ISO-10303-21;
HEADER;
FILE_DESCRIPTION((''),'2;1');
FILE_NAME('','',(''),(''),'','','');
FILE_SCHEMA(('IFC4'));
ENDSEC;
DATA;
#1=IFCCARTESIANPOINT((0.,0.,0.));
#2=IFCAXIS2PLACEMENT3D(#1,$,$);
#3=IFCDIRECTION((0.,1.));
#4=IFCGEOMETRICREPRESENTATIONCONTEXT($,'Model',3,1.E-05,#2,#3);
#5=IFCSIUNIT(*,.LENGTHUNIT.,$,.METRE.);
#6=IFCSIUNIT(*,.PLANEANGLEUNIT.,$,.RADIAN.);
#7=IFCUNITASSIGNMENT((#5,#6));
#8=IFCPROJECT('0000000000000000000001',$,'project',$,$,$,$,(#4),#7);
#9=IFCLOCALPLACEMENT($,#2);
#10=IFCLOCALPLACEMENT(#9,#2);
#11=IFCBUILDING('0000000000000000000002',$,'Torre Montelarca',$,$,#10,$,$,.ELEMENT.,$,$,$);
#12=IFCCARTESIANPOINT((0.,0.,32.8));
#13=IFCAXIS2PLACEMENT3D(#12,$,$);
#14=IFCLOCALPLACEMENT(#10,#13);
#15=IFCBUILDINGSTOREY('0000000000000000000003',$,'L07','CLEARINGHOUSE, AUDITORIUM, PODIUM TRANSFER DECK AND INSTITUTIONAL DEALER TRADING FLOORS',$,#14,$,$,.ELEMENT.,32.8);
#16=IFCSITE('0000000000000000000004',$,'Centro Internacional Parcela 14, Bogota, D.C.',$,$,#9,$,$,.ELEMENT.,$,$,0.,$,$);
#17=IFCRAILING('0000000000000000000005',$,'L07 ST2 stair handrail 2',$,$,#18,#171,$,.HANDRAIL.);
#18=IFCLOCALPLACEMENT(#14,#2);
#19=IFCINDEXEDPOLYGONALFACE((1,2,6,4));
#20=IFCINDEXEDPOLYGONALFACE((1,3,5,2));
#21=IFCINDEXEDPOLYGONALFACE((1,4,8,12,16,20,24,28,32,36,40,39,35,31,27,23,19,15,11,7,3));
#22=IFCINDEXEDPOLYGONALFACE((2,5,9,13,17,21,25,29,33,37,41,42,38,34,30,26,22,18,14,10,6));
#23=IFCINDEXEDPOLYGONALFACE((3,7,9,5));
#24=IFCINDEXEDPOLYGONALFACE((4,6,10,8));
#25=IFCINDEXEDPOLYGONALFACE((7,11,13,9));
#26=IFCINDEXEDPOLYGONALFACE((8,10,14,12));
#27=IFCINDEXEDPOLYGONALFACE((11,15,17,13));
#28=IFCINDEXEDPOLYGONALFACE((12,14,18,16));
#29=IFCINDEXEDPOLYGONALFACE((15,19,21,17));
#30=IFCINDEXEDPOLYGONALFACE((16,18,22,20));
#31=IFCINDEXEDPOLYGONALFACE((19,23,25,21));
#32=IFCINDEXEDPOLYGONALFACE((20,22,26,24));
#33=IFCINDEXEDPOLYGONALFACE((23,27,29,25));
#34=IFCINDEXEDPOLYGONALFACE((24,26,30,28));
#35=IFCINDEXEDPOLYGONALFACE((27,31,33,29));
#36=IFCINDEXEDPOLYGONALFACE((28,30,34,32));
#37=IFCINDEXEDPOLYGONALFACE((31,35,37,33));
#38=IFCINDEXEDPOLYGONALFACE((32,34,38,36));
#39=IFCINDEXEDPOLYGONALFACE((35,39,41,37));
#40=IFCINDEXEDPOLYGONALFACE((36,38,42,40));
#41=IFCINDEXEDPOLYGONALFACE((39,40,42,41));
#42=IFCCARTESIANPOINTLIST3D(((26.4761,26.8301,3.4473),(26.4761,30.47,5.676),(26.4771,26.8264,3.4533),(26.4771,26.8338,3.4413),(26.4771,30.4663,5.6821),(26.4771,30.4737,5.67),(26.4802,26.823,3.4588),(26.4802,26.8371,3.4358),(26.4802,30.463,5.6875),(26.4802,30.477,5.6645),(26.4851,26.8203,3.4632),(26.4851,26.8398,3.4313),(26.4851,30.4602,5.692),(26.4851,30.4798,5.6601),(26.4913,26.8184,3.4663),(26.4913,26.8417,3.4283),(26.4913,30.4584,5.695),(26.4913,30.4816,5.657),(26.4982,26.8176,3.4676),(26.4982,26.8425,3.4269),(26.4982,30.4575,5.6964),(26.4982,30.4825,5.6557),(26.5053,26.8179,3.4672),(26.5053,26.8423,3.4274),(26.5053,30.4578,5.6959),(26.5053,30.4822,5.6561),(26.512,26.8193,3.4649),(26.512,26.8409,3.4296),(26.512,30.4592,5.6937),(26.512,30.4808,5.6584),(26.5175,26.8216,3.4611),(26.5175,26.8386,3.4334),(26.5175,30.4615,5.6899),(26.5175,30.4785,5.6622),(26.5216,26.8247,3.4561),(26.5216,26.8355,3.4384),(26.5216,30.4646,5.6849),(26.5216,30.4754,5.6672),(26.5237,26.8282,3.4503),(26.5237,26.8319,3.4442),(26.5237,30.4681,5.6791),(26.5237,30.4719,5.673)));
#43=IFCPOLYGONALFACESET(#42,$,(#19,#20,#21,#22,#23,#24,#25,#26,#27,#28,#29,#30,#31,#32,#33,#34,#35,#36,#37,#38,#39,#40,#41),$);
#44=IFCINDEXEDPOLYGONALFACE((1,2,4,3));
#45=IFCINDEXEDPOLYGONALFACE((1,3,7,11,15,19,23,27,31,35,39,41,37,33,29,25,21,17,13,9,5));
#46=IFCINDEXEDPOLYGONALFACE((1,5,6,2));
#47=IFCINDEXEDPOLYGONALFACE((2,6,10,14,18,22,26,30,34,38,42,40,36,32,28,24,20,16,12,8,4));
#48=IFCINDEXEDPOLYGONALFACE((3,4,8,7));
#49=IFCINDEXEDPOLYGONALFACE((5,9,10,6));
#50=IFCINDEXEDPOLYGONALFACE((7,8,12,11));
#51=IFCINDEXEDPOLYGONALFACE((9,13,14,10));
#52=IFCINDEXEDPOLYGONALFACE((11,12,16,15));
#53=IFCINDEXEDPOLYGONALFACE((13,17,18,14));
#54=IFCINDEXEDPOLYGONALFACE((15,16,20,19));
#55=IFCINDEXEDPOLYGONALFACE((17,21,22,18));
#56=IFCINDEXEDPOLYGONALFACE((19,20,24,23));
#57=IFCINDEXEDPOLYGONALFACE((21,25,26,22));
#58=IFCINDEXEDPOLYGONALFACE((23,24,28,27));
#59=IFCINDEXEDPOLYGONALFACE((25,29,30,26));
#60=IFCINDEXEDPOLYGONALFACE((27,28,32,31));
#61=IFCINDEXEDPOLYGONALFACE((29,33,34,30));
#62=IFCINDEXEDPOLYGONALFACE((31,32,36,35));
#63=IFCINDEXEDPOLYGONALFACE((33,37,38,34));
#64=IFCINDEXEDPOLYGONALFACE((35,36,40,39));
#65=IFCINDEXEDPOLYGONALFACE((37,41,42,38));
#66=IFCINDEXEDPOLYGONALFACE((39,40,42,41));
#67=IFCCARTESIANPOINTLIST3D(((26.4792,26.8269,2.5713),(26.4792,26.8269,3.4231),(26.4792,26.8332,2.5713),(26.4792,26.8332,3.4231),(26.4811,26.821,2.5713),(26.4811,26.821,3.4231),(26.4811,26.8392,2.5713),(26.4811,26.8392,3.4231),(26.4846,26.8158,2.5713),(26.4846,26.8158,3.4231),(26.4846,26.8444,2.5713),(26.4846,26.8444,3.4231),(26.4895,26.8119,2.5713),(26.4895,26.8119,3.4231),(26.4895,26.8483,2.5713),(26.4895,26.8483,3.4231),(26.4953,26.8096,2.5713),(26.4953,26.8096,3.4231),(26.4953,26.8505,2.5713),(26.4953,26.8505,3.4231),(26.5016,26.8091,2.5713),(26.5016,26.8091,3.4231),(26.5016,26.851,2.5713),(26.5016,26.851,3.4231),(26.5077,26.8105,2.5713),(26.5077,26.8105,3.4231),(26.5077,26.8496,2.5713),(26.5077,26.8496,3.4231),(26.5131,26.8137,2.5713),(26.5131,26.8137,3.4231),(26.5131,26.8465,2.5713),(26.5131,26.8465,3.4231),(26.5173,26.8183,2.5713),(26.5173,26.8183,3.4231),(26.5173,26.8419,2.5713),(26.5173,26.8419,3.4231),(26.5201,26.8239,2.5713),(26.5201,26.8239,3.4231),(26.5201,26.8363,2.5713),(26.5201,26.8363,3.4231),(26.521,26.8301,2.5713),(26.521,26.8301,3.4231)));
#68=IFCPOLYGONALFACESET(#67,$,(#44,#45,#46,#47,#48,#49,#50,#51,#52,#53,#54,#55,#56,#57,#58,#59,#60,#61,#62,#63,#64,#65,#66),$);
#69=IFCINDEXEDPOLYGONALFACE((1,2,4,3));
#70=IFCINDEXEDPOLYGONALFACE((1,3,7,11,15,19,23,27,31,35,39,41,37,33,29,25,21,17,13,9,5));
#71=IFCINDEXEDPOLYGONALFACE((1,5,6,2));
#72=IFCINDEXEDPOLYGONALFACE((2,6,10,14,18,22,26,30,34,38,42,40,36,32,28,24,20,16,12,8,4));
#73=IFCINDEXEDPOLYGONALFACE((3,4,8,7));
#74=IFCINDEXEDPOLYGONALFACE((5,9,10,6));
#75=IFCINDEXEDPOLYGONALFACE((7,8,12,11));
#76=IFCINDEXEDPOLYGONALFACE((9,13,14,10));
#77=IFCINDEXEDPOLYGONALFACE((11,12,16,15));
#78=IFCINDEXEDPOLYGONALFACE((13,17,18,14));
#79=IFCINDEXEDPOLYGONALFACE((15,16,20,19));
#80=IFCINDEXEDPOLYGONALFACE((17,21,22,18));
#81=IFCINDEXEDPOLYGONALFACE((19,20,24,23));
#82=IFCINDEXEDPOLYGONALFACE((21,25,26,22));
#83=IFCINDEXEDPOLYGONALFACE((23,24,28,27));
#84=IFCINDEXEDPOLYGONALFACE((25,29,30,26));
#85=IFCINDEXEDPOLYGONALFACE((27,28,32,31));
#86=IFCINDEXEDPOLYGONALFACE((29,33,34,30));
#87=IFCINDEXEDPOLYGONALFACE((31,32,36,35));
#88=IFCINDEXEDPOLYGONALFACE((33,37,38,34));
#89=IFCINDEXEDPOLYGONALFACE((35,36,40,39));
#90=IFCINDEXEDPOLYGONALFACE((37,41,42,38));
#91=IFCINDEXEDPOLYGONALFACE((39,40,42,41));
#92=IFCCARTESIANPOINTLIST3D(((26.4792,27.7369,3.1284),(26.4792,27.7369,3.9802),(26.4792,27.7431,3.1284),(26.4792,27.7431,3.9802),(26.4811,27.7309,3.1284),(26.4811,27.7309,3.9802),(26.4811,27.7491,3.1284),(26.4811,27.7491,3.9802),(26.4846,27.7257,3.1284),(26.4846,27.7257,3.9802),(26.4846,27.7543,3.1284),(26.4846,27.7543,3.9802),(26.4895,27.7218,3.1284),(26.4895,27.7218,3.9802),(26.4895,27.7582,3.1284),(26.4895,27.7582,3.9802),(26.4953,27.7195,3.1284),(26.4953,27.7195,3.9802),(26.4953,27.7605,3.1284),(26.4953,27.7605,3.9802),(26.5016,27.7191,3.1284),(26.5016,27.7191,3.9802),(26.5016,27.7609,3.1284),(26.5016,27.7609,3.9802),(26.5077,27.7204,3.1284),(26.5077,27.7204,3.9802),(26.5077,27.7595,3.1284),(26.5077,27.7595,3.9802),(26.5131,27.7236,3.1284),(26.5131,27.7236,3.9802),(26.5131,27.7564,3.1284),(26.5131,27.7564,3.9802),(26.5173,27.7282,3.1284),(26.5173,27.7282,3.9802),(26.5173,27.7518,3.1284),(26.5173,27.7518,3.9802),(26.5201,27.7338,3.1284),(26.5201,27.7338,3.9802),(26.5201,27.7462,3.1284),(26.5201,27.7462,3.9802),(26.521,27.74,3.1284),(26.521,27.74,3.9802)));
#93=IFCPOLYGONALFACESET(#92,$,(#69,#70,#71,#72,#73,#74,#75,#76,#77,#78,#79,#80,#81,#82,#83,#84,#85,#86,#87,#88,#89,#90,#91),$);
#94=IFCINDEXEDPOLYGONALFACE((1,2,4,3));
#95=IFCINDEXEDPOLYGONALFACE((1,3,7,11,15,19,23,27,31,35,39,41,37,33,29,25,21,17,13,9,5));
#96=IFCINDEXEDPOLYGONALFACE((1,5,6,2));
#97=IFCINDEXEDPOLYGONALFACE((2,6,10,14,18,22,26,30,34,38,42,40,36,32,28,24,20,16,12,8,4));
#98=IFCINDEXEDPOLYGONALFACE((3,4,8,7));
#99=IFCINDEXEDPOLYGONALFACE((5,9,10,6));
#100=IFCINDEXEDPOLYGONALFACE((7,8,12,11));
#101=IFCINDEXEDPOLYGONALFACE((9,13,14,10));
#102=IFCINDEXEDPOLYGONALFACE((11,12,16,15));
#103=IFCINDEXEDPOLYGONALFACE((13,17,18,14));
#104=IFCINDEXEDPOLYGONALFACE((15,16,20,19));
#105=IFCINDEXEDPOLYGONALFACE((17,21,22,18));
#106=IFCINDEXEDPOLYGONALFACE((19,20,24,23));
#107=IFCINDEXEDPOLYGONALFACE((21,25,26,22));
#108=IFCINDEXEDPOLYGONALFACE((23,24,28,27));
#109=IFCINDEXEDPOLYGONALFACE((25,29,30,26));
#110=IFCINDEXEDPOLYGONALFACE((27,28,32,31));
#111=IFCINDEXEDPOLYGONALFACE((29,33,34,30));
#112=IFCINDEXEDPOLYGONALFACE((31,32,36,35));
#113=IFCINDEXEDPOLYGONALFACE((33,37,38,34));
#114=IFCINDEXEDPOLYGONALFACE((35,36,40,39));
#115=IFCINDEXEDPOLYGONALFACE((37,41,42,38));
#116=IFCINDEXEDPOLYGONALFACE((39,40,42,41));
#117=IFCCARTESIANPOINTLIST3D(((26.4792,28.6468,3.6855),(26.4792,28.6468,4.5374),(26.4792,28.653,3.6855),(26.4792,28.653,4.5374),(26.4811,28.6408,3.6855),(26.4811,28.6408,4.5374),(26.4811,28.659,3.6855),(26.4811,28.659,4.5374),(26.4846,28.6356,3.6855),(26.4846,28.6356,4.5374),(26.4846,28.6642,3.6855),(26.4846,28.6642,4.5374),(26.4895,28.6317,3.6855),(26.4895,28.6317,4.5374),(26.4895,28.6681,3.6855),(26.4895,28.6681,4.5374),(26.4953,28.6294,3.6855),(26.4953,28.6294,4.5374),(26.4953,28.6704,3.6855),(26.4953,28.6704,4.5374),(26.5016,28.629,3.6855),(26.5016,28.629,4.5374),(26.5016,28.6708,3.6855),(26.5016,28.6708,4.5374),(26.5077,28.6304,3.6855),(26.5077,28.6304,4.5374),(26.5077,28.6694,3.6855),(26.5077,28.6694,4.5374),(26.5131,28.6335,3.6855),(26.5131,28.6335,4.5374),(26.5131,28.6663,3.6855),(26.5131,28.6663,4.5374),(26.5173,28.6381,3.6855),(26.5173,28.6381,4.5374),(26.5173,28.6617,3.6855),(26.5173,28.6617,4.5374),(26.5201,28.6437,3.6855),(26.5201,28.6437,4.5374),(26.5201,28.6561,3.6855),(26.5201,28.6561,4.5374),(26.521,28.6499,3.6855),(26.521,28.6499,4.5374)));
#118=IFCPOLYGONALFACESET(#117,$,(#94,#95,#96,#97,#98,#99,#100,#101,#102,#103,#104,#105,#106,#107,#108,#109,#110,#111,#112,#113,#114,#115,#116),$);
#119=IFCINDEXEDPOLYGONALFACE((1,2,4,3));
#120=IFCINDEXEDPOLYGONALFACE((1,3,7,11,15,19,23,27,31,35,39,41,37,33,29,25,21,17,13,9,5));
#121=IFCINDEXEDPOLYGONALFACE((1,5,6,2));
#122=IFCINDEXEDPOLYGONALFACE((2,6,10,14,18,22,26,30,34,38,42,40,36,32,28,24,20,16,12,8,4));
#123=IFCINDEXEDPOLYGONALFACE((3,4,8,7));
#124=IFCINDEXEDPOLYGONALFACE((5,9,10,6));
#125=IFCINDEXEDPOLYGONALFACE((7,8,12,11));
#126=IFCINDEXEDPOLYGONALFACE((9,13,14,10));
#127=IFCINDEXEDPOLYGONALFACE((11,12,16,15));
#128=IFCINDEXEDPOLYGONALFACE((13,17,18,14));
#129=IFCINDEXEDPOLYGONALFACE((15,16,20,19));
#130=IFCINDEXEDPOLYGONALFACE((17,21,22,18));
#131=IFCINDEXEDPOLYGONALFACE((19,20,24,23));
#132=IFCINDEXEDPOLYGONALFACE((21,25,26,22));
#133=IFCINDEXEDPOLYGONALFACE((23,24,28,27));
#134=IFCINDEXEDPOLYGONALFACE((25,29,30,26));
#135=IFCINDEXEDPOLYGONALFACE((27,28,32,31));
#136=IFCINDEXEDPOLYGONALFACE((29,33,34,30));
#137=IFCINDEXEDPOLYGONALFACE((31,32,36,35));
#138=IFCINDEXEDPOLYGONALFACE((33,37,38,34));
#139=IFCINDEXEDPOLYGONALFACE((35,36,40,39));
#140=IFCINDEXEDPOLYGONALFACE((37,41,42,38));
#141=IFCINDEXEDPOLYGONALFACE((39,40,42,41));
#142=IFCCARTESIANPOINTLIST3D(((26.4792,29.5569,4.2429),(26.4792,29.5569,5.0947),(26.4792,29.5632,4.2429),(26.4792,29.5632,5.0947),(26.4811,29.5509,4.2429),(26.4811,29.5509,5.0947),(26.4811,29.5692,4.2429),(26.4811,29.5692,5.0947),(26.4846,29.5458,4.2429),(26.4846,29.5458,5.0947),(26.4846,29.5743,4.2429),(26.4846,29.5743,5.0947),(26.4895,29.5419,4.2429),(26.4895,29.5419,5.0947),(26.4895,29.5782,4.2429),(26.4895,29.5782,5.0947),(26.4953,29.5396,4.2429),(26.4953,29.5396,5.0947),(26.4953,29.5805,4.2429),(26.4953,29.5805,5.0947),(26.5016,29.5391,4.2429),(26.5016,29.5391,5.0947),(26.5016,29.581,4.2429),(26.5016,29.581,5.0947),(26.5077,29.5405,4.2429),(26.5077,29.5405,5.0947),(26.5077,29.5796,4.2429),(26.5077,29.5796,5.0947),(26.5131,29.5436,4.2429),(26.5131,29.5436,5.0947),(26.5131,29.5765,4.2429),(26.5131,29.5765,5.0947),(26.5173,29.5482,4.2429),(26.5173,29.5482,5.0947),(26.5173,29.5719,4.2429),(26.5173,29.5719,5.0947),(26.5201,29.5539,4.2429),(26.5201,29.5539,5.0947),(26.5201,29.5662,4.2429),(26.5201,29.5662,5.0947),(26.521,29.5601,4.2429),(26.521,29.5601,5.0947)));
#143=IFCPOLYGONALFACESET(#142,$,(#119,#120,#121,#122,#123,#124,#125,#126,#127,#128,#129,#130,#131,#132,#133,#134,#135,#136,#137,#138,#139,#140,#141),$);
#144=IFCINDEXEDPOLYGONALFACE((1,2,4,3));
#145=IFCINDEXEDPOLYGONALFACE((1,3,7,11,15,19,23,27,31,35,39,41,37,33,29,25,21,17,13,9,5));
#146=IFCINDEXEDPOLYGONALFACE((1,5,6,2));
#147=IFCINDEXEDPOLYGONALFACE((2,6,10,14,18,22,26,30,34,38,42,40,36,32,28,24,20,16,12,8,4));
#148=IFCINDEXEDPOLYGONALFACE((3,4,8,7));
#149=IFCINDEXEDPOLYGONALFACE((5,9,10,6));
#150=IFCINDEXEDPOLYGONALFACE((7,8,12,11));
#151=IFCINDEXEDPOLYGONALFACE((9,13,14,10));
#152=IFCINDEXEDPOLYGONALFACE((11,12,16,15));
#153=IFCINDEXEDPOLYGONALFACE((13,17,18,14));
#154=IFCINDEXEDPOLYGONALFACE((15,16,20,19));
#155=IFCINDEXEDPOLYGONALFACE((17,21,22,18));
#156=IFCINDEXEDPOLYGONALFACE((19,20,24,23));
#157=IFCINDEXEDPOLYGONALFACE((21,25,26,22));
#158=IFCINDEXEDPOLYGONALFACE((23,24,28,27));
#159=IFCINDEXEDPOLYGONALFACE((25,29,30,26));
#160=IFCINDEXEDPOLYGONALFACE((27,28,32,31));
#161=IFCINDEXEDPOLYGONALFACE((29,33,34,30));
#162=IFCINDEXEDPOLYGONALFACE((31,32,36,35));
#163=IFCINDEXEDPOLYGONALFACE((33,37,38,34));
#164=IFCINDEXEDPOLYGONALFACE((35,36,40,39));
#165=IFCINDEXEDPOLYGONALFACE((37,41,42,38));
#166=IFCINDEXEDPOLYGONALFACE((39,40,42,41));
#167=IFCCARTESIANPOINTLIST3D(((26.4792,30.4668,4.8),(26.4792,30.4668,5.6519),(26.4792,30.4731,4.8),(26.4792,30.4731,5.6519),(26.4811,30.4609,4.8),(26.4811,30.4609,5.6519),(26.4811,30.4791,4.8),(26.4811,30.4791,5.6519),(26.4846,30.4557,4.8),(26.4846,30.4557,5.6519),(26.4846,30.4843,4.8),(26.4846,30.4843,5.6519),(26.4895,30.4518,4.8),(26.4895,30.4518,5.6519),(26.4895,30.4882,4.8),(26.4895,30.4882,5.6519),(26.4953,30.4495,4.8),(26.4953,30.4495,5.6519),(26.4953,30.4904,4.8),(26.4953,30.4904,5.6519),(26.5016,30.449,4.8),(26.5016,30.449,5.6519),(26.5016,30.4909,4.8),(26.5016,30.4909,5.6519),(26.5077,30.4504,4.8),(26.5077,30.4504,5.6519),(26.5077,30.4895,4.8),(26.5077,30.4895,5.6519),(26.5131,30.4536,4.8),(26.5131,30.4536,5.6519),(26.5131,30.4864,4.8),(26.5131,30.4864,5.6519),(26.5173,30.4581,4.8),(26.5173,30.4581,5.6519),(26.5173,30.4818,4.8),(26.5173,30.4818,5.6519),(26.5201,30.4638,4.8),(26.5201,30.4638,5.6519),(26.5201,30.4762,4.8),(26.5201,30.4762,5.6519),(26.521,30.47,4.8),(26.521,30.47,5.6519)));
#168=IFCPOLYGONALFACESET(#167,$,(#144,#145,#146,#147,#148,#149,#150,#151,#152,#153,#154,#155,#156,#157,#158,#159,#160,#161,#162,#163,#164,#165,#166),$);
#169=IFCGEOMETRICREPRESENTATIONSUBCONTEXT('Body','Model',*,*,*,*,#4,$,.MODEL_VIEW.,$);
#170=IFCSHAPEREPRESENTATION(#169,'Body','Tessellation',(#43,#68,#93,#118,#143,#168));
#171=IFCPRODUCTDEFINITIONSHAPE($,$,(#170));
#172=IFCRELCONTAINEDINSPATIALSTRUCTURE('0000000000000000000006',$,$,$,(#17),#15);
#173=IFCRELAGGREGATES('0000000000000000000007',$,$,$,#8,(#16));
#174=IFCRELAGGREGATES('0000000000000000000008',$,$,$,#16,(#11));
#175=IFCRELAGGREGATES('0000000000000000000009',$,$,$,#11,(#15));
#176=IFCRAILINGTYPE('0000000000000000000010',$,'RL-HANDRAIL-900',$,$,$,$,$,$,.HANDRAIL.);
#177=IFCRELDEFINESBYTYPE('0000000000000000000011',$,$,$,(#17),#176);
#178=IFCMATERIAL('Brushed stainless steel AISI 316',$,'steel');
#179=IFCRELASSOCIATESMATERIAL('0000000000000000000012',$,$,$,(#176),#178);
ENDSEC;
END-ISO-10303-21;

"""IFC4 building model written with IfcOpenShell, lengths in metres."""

from ifc_helpers import new_model, si_unit, direction, frame, origin, origin_2d, place, context, subcontext, project, spatial, circle, extrude, material, type_object, element, save


model = new_model("IFC4")

# Units and contexts
model_context = context("Model", 3, precision=1e-05, world=origin(), true_north=direction((0.0, 1.0)))
body_context = subcontext(model_context, "Body", "Model", "MODEL_VIEW")
ifc_project = project(units=[si_unit("LENGTHUNIT", "METRE"), si_unit("PLANEANGLEUNIT", "RADIAN")], contexts=[model_context])

# Site, building, storey
site_placement = place(None, origin())
site = spatial("IfcSite", under=ifc_project, at=site_placement, Name="Centro Internacional Parcela 14, Bogota, D.C.", CompositionType="ELEMENT", RefElevation=0.0)
building_placement = place(site_placement, origin())
building = spatial("IfcBuilding", under=site, at=building_placement, Name="Torre Montelarca", CompositionType="ELEMENT")
storey_placement = place(building_placement, frame((0.0, 0.0, 32.8)))
storey = spatial("IfcBuildingStorey", under=building, at=storey_placement, Name="L07", Description="CLEARINGHOUSE, AUDITORIUM, PODIUM TRANSFER DECK AND INSTITUTIONAL DEALER TRADING FLOORS", CompositionType="ELEMENT", Elevation=32.8)

# Shared definitions
ifc_material_1 = material(Name="Brushed stainless steel AISI 316", Category="steel")

# Railing
railing_type_1 = type_object("IfcRailingType", Name="RL-HANDRAIL-900", PredefinedType="HANDRAIL", material=ifc_material_1)
railing_1_placement = place(storey_placement, frame((26.5, 26.8301, 2.5713)))
element("IfcRailing", 1, at=railing_1_placement, inside=storey, type_object=railing_type_1, Name="L07 ST2 stair handrail 2", PredefinedType="HANDRAIL", context=body_context, shape_type="SweptSolid", body=[
    extrude(circle(Radius=0.0239, at=origin_2d()), frame((0.0, 0.0, 0.876), z_axis=(0.0, 0.852825, 0.522197), x_axis=(-1.0, 0.0, 0.0)), (0.0, 0.0, 1.0), 4.2681),
    extrude(circle(Radius=0.021, at=origin_2d()), origin(), (0.0, 0.0, 1.0), 0.8518),
    extrude(circle(Radius=0.021, at=origin_2d()), frame((0.0, 0.9099, 0.5571)), (0.0, 0.0, 1.0), 0.8518),
    extrude(circle(Radius=0.021, at=origin_2d()), frame((0.0, 1.8198, 1.1143)), (0.0, 0.0, 1.0), 0.8518),
    extrude(circle(Radius=0.021, at=origin_2d()), frame((0.0, 2.73, 1.6716)), (0.0, 0.0, 1.0), 0.8518),
    extrude(circle(Radius=0.021, at=origin_2d()), frame((0.0, 3.6399, 2.2288)), (0.0, 0.0, 1.0), 0.8518),
])

save(model, "model.ifc")
